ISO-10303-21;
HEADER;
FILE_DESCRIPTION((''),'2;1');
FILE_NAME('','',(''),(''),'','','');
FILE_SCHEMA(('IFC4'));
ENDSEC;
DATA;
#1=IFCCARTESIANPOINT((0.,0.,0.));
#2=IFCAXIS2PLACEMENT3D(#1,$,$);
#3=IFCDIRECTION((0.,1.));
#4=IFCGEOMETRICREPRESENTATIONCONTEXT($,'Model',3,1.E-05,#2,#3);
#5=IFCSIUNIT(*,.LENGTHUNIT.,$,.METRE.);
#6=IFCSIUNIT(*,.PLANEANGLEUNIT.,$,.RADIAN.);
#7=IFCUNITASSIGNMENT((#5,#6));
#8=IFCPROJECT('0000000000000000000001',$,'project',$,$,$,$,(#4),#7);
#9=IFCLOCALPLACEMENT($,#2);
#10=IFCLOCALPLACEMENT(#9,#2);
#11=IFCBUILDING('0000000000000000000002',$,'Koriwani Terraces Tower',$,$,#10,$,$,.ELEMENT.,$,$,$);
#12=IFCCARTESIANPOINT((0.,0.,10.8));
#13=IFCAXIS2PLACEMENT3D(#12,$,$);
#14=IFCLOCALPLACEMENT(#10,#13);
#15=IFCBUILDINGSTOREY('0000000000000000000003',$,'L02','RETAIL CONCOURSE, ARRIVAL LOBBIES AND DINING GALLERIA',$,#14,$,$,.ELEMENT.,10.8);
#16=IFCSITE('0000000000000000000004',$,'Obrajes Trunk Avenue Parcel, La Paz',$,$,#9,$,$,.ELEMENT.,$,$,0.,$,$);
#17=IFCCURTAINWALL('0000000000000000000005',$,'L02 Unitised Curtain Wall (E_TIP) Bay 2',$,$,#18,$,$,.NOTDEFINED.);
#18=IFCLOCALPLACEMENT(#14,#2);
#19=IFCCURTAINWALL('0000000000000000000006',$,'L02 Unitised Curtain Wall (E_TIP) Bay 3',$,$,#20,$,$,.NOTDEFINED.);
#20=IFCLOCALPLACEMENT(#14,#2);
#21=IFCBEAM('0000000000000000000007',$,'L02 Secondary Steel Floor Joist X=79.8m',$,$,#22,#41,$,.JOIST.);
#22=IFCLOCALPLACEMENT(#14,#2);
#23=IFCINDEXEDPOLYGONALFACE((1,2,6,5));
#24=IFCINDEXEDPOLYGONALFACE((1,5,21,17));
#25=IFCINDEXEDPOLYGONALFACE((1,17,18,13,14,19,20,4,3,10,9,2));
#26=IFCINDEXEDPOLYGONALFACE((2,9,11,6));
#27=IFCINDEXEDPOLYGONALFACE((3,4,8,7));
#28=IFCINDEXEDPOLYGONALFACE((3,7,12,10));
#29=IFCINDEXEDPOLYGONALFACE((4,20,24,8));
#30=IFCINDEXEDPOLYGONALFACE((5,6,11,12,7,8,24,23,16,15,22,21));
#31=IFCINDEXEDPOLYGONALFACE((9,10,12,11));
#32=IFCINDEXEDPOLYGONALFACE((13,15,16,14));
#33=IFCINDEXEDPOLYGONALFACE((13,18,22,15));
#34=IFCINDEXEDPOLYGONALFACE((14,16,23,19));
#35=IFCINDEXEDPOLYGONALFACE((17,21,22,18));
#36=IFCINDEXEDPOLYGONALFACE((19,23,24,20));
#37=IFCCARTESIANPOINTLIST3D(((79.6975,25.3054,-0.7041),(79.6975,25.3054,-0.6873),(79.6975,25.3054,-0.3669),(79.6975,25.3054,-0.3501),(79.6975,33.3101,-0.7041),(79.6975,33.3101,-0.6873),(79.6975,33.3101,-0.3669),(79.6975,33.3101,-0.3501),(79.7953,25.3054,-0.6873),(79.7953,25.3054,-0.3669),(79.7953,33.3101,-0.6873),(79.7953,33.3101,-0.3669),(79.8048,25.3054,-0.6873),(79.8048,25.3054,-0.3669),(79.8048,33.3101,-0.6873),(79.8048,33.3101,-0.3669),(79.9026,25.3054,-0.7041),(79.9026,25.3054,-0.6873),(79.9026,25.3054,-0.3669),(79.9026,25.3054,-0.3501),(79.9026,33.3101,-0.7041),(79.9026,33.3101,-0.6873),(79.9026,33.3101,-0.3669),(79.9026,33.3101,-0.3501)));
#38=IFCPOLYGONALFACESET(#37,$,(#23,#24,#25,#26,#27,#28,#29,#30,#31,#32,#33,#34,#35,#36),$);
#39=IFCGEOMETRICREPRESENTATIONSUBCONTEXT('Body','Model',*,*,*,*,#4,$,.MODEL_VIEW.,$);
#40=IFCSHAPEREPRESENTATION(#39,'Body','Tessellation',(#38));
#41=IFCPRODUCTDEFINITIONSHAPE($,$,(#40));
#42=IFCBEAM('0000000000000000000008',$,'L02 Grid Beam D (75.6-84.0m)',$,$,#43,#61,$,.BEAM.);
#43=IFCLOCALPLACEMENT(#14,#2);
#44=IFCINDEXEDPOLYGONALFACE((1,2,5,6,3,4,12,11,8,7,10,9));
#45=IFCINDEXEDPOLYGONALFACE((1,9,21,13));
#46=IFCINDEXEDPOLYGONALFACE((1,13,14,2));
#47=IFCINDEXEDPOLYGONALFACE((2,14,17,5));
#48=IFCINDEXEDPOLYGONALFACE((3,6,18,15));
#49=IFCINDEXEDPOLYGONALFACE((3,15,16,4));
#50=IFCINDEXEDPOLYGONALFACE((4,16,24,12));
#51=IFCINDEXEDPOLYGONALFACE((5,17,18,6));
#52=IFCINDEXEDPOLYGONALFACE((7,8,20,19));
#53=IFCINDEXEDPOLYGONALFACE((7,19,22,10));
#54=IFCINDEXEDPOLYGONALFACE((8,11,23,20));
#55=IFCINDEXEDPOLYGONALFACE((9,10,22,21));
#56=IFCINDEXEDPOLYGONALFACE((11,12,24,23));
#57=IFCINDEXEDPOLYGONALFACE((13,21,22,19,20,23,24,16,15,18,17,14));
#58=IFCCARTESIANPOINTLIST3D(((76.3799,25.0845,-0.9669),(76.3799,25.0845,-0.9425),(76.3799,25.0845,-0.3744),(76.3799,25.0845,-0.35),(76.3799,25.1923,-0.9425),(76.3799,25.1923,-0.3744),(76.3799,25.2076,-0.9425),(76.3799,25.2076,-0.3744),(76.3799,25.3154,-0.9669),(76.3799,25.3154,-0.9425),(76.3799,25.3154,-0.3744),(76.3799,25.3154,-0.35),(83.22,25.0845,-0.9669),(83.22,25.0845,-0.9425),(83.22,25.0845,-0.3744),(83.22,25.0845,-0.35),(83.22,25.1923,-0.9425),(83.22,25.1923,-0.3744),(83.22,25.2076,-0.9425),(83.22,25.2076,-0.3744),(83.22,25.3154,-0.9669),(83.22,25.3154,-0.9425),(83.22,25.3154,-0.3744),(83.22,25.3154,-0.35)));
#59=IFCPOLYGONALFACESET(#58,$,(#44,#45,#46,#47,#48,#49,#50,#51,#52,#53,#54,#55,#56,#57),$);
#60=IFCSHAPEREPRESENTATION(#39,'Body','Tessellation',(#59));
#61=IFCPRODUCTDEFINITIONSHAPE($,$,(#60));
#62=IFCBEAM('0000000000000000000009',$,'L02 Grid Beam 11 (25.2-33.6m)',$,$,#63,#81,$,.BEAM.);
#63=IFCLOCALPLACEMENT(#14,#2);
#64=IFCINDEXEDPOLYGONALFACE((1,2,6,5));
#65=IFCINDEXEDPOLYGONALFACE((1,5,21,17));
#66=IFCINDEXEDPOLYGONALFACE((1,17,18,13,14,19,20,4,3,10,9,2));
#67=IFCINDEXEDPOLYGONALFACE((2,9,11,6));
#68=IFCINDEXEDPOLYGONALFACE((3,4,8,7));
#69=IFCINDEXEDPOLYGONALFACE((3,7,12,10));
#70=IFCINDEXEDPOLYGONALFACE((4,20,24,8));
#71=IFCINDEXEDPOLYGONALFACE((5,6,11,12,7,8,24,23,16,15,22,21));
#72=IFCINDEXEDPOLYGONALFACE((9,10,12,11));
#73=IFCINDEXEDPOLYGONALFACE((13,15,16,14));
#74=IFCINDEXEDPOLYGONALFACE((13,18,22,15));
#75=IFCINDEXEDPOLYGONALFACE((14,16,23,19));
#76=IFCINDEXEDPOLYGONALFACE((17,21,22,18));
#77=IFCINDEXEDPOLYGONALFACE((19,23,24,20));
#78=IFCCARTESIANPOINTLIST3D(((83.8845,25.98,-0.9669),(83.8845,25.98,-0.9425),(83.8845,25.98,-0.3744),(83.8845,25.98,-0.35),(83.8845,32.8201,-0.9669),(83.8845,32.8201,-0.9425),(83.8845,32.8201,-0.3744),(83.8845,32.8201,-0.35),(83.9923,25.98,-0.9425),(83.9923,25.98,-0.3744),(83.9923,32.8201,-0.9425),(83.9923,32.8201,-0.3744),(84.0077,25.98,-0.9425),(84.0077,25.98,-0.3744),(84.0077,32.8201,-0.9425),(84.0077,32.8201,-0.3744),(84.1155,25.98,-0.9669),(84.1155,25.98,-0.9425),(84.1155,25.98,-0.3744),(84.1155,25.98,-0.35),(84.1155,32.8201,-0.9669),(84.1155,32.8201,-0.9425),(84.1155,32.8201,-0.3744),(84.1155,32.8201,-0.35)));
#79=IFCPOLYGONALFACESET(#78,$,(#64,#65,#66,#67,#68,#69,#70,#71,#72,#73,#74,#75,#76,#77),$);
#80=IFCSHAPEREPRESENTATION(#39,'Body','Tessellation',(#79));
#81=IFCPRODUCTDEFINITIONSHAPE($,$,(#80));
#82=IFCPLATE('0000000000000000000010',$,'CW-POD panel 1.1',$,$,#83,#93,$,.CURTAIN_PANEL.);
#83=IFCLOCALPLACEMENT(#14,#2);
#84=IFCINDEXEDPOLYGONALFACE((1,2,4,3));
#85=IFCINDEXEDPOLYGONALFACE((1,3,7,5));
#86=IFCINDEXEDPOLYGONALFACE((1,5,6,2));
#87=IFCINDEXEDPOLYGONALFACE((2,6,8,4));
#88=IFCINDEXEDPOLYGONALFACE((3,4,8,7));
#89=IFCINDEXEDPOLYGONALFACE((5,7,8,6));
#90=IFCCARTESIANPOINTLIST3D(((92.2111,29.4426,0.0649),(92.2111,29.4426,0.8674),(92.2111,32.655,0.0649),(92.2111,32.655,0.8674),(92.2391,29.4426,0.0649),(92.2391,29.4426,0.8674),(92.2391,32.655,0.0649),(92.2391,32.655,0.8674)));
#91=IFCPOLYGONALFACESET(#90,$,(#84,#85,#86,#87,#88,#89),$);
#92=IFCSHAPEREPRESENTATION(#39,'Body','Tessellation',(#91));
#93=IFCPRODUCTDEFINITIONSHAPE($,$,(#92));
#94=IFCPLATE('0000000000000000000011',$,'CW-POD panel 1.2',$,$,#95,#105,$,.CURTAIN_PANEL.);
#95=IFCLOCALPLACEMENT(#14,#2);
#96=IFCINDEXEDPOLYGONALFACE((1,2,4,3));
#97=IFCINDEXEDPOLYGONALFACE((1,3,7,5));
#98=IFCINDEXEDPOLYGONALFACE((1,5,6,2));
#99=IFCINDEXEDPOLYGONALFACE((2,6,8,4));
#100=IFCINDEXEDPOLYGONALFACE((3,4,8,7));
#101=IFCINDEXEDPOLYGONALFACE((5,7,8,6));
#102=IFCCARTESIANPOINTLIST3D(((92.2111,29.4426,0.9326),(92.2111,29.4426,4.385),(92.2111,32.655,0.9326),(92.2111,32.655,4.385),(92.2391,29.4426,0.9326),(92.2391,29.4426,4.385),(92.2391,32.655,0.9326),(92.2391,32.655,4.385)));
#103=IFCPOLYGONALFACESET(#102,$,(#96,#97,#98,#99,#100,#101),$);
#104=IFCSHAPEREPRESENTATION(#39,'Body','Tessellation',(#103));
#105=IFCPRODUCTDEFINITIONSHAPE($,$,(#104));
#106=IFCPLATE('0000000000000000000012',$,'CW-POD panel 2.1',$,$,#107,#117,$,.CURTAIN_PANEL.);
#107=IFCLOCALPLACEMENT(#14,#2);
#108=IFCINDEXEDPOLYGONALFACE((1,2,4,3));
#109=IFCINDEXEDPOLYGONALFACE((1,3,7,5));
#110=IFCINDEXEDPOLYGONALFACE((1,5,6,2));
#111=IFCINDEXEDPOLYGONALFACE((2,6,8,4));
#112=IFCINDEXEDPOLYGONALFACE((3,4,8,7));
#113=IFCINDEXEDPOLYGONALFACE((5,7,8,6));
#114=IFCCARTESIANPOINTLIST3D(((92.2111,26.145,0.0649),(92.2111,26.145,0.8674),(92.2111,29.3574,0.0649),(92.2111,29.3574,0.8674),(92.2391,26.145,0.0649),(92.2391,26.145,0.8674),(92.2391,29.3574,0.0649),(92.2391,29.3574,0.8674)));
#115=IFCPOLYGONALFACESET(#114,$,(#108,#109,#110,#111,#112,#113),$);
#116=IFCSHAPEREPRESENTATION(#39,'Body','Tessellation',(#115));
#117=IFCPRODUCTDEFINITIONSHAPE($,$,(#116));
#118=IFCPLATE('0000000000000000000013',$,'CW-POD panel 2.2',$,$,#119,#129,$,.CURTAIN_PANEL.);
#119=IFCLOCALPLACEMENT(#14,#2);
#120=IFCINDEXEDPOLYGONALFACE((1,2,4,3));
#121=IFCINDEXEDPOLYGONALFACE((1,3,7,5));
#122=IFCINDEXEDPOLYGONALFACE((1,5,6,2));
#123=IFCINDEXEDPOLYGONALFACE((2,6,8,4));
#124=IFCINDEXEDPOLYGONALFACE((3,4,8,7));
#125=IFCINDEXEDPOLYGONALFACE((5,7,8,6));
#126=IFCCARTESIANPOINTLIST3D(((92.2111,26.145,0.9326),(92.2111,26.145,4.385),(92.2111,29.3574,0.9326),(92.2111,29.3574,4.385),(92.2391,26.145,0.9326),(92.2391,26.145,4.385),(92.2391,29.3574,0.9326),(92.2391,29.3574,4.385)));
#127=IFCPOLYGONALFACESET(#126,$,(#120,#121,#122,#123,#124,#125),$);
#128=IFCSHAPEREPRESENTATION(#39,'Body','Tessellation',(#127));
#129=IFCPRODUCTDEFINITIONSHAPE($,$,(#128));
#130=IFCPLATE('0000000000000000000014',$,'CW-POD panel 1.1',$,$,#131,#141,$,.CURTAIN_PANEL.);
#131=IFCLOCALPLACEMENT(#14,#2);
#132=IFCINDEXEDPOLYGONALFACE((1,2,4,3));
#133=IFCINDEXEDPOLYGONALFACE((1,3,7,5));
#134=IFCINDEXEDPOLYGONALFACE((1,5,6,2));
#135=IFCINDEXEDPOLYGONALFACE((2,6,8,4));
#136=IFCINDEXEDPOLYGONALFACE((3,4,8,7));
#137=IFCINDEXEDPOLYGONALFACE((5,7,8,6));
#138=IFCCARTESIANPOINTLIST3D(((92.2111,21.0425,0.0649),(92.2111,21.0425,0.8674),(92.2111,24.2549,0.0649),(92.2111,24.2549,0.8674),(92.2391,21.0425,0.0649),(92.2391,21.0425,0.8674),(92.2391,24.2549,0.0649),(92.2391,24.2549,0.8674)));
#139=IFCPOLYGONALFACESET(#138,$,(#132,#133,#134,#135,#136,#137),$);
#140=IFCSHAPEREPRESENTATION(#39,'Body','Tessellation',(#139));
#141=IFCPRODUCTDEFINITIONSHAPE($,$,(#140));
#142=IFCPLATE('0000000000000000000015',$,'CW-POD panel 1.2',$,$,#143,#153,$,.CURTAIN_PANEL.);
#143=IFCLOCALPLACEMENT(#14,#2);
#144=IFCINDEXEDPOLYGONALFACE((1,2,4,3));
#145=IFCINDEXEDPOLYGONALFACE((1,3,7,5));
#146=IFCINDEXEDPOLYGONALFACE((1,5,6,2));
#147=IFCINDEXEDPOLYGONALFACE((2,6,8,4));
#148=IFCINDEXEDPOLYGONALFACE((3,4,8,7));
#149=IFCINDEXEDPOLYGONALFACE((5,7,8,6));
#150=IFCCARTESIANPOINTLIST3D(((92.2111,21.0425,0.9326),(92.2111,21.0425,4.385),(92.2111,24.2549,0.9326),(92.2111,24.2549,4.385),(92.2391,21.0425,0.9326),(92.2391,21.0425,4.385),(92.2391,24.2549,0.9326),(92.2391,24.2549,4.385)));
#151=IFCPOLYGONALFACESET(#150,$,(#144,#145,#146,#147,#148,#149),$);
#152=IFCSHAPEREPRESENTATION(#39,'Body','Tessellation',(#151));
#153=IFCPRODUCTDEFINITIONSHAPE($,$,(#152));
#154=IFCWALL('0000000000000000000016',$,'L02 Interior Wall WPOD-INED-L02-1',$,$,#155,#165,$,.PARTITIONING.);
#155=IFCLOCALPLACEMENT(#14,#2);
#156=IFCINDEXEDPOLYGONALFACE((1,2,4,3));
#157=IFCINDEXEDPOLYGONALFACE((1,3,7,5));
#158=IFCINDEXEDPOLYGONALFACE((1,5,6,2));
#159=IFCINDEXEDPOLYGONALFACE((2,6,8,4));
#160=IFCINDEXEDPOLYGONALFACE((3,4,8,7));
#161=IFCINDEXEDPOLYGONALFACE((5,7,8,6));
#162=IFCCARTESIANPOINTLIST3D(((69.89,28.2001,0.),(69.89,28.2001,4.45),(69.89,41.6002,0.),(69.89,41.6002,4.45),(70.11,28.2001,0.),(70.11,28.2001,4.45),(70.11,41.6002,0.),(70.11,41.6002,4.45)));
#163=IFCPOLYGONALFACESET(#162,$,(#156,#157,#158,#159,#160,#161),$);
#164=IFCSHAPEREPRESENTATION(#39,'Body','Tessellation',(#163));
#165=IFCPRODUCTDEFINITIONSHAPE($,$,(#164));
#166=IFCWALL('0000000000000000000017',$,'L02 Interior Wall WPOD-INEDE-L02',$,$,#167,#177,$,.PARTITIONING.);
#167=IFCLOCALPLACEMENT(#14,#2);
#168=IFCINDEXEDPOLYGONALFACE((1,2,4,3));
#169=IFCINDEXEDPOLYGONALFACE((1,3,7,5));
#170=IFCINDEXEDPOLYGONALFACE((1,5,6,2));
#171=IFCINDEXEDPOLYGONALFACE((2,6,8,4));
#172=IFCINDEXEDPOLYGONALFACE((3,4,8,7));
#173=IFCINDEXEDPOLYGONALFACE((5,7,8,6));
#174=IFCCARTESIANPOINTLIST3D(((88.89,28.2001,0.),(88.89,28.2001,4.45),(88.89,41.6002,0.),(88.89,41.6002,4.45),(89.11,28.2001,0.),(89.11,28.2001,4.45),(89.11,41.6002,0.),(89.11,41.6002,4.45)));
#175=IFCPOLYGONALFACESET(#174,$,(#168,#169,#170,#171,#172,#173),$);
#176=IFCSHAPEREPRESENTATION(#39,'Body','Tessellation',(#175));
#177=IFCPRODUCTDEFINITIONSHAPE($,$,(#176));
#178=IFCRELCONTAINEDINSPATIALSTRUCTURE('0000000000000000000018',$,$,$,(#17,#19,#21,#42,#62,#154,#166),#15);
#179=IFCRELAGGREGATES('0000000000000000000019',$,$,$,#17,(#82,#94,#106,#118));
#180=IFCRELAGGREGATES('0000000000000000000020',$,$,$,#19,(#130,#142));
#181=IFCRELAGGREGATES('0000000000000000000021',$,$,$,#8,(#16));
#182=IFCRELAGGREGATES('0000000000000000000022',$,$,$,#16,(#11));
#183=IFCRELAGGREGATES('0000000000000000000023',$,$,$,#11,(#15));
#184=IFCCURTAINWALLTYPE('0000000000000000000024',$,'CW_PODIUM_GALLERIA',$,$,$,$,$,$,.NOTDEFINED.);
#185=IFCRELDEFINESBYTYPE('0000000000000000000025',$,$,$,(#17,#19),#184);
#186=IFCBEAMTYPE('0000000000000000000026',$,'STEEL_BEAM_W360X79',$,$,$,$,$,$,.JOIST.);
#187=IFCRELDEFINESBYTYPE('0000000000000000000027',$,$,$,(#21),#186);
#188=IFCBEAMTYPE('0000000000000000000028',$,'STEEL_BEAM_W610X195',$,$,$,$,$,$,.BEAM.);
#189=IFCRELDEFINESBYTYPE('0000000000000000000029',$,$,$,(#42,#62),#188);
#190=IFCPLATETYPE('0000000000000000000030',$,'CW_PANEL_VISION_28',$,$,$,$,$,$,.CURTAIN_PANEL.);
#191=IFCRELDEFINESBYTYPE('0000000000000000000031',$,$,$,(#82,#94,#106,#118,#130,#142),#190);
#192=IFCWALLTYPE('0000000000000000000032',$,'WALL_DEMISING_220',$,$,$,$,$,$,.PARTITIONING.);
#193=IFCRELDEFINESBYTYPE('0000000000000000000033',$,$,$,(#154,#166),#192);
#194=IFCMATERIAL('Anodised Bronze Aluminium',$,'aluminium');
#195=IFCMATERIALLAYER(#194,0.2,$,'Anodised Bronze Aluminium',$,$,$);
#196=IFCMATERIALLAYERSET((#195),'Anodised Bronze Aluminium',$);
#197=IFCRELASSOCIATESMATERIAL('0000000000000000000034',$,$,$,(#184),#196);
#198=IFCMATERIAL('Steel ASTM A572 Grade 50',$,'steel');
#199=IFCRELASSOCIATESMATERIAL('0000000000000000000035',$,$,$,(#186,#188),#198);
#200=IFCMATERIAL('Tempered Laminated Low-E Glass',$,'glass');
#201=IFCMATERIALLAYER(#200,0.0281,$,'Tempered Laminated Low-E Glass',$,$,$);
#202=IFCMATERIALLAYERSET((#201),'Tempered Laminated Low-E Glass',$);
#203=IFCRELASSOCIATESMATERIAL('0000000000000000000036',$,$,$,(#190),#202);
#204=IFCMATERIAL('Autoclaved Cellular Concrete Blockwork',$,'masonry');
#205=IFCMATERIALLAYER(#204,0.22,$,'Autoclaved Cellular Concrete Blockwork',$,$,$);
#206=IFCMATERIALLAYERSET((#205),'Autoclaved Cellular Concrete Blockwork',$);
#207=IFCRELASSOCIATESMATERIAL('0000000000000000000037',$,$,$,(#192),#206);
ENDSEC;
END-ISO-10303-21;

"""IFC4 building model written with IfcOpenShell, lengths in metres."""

from ifc_helpers import new_model, si_unit, direction, frame, frame_2d, origin, origin_2d, place, context, subcontext, project, spatial, rectangle, i_section, extrude, material, layer, layer_set, material_profile, profile_set, type_object, element, aggregate, save


model = new_model("IFC4")

# Units and contexts
model_context = context("Model", 3, precision=1e-05, world=origin(), true_north=direction((0.0, 1.0)))
body_context = subcontext(model_context, "Body", "Model", "MODEL_VIEW")
ifc_project = project(units=[si_unit("LENGTHUNIT", "METRE"), si_unit("PLANEANGLEUNIT", "RADIAN")], contexts=[model_context])

# Site, building, storey
site_placement = place(None, origin())
site = spatial("IfcSite", under=ifc_project, at=site_placement, Name="Obrajes Trunk Avenue Parcel, La Paz", CompositionType="ELEMENT", RefElevation=0.0)
building_placement = place(site_placement, origin())
building = spatial("IfcBuilding", under=site, at=building_placement, Name="Koriwani Terraces Tower", CompositionType="ELEMENT")
storey_placement = place(building_placement, frame((0.0, 0.0, 10.8)))
storey = spatial("IfcBuildingStorey", under=building, at=storey_placement, Name="L02", Description="RETAIL CONCOURSE, ARRIVAL LOBBIES AND DINING GALLERIA", CompositionType="ELEMENT", Elevation=10.8)

# Curtain walls
ifc_material_1 = material(Name="Anodised Bronze Aluminium", Category="aluminium")
ifc_layer_1 = layer(ifc_material_1, 0.2, Name="Anodised Bronze Aluminium")
ifc_layer_set_1 = layer_set([ifc_layer_1], Name="Anodised Bronze Aluminium")
curtain_wall_type = type_object("IfcCurtainWallType", Name="CW_PODIUM_GALLERIA", PredefinedType="NOTDEFINED", material=ifc_layer_set_1)
curtain_wall_1_placement = place(storey_placement, origin())
curtain_wall_1 = element("IfcCurtainWall", 1, at=curtain_wall_1_placement, inside=storey, type_object=curtain_wall_type, Name="L02 Unitised Curtain Wall (E_TIP) Bay 2", PredefinedType="NOTDEFINED")
curtain_wall_2_placement = place(storey_placement, origin())
curtain_wall_2 = element("IfcCurtainWall", 2, at=curtain_wall_2_placement, inside=storey, type_object=curtain_wall_type, Name="L02 Unitised Curtain Wall (E_TIP) Bay 3", PredefinedType="NOTDEFINED")

# Beams
ifc_material_2 = material(Name="Steel ASTM A572 Grade 50", Category="steel")
ifc_material_profile_1 = material_profile(ifc_material_2, i_section(OverallWidth=0.2051, OverallDepth=0.354, WebThickness=0.0095, FlangeThickness=0.0168, at=origin_2d()), Name="Steel ASTM A572 Grade 50", Category="LoadBearing")
ifc_profile_set_1 = profile_set([ifc_material_profile_1], Name="Steel ASTM A572 Grade 50")
beam_type_1 = type_object("IfcBeamType", Name="STEEL_BEAM_W360X79", PredefinedType="JOIST", material=ifc_profile_set_1)
beam_placement = place(storey_placement, frame((79.8, 25.3054, -0.5271), z_axis=(0.0, 1.0, 0.0), x_axis=(-1.0, 0.0, 0.0)))
element("IfcBeam", 3, at=beam_placement, inside=storey, type_object=beam_type_1, Name="L02 Secondary Steel Floor Joist X=79.8m", PredefinedType="JOIST", context=body_context, shape_type="SweptSolid", body=[
    extrude(i_section(OverallWidth=0.2051, OverallDepth=0.354, WebThickness=0.0095, FlangeThickness=0.0168, at=origin_2d()), origin(), (0.0, 0.0, 1.0), 8.0046),
])
ifc_material_profile_2 = material_profile(ifc_material_2, i_section(OverallWidth=0.231, OverallDepth=0.6169, WebThickness=0.0154, FlangeThickness=0.0244, at=origin_2d()), Name="Steel ASTM A572 Grade 50", Category="LoadBearing")
ifc_profile_set_2 = profile_set([ifc_material_profile_2], Name="Steel ASTM A572 Grade 50")
beam_type_2 = type_object("IfcBeamType", Name="STEEL_BEAM_W610X195", PredefinedType="BEAM", material=ifc_profile_set_2)
for number, where, z_axis, x_axis, name in (
    (4, (76.3799, 25.2, -0.6584), (1.0, 0.0, 0.0), (0.0, 1.0, 0.0), "L02 Grid Beam D (75.6-84.0m)"),
    (5, (84.0, 25.98, -0.6584), (0.0, 1.0, 0.0), (-1.0, 0.0, 0.0), "L02 Grid Beam 11 (25.2-33.6m)"),
):
    element("IfcBeam", number, at=place(storey_placement, frame(where, z_axis=z_axis, x_axis=x_axis)), inside=storey, type_object=beam_type_2, Name=name, PredefinedType="BEAM", context=body_context, shape_type="SweptSolid", body=[
        extrude(i_section(OverallWidth=0.231, OverallDepth=0.6169, WebThickness=0.0154, FlangeThickness=0.0244, at=origin_2d()), origin(), (0.0, 0.0, 1.0), 6.8401),
    ])

# Plates
ifc_material_3 = material(Name="Tempered Laminated Low-E Glass", Category="glass")
ifc_layer_2 = layer(ifc_material_3, 0.0281, Name="Tempered Laminated Low-E Glass")
ifc_layer_set_2 = layer_set([ifc_layer_2], Name="Tempered Laminated Low-E Glass")
plate_type = type_object("IfcPlateType", Name="CW_PANEL_VISION_28", PredefinedType="CURTAIN_PANEL", material=ifc_layer_set_2)
plate_1_placement = place(storey_placement, frame((92.2251, 31.0488, 0.0649), z_axis=(0.0, 0.0, 1.0), x_axis=(0.0, -1.0, 0.0)))
plate_1 = element("IfcPlate", 6, at=plate_1_placement, type_object=plate_type, Name="CW-POD panel 1.1", PredefinedType="CURTAIN_PANEL", context=body_context, shape_type="SweptSolid", body=[
    extrude(rectangle(XDim=3.2124, YDim=0.0281, at=origin_2d()), origin(), (0.0, 0.0, 1.0), 0.8025),
])
plate_2_placement = place(storey_placement, frame((92.2251, 31.0488, 0.9326), z_axis=(0.0, 0.0, 1.0), x_axis=(0.0, -1.0, 0.0)))
plate_2 = element("IfcPlate", 7, at=plate_2_placement, type_object=plate_type, Name="CW-POD panel 1.2", PredefinedType="CURTAIN_PANEL", context=body_context, shape_type="SweptSolid", body=[
    extrude(rectangle(XDim=3.2124, YDim=0.0281, at=origin_2d()), origin(), (0.0, 0.0, 1.0), 3.4524),
])
plate_3_placement = place(storey_placement, frame((92.2251, 27.7512, 0.0649), z_axis=(0.0, 0.0, 1.0), x_axis=(0.0, -1.0, 0.0)))
plate_3 = element("IfcPlate", 8, at=plate_3_placement, type_object=plate_type, Name="CW-POD panel 2.1", PredefinedType="CURTAIN_PANEL", context=body_context, shape_type="SweptSolid", body=[
    extrude(rectangle(XDim=3.2124, YDim=0.0281, at=origin_2d()), origin(), (0.0, 0.0, 1.0), 0.8025),
])
plate_4_placement = place(storey_placement, frame((92.2251, 27.7512, 0.9326), z_axis=(0.0, 0.0, 1.0), x_axis=(0.0, -1.0, 0.0)))
plate_4 = element("IfcPlate", 9, at=plate_4_placement, type_object=plate_type, Name="CW-POD panel 2.2", PredefinedType="CURTAIN_PANEL", context=body_context, shape_type="SweptSolid", body=[
    extrude(rectangle(XDim=3.2124, YDim=0.0281, at=origin_2d()), origin(), (0.0, 0.0, 1.0), 3.4524),
])
aggregate(curtain_wall_1, [plate_1, plate_2, plate_3, plate_4])
plate_5_placement = place(storey_placement, frame((92.2251, 22.6487, 0.0649), z_axis=(0.0, 0.0, 1.0), x_axis=(0.0, -1.0, 0.0)))
plate_5 = element("IfcPlate", 10, at=plate_5_placement, type_object=plate_type, Name="CW-POD panel 1.1", PredefinedType="CURTAIN_PANEL", context=body_context, shape_type="SweptSolid", body=[
    extrude(rectangle(XDim=3.2124, YDim=0.0281, at=origin_2d()), origin(), (0.0, 0.0, 1.0), 0.8025),
])
plate_6_placement = place(storey_placement, frame((92.2251, 22.6487, 0.9326), z_axis=(0.0, 0.0, 1.0), x_axis=(0.0, -1.0, 0.0)))
plate_6 = element("IfcPlate", 11, at=plate_6_placement, type_object=plate_type, Name="CW-POD panel 1.2", PredefinedType="CURTAIN_PANEL", context=body_context, shape_type="SweptSolid", body=[
    extrude(rectangle(XDim=3.2124, YDim=0.0281, at=origin_2d()), origin(), (0.0, 0.0, 1.0), 3.4524),
])
aggregate(curtain_wall_2, [plate_5, plate_6])

# Walls
ifc_material_4 = material(Name="Autoclaved Cellular Concrete Blockwork", Category="masonry")
ifc_layer_3 = layer(ifc_material_4, 0.22, Name="Autoclaved Cellular Concrete Blockwork")
ifc_layer_set_3 = layer_set([ifc_layer_3], Name="Autoclaved Cellular Concrete Blockwork")
wall_type = type_object("IfcWallType", Name="WALL_DEMISING_220", PredefinedType="PARTITIONING", material=ifc_layer_set_3)
for number, where, z_axis, x_axis, name in (
    (12, (70.0, 28.2, 0.0), (0.0, 0.0, 1.0), (0.0, 1.0, 0.0), "L02 Interior Wall WPOD-INED-L02-1"),
    (13, (89.0, 28.2, 0.0), (0.0, 0.0, 1.0), (0.0, 1.0, 0.0), "L02 Interior Wall WPOD-INEDE-L02"),
):
    element("IfcWall", number, at=place(storey_placement, frame(where, z_axis=z_axis, x_axis=x_axis)), inside=storey, type_object=wall_type, Name=name, PredefinedType="PARTITIONING", context=body_context, shape_type="SweptSolid", body=[
        extrude(rectangle(XDim=13.4001, YDim=0.22, at=frame_2d((6.7002, 0.0))), origin(), (0.0, 0.0, 1.0), 4.45),
    ])

save(model, "model.ifc")
